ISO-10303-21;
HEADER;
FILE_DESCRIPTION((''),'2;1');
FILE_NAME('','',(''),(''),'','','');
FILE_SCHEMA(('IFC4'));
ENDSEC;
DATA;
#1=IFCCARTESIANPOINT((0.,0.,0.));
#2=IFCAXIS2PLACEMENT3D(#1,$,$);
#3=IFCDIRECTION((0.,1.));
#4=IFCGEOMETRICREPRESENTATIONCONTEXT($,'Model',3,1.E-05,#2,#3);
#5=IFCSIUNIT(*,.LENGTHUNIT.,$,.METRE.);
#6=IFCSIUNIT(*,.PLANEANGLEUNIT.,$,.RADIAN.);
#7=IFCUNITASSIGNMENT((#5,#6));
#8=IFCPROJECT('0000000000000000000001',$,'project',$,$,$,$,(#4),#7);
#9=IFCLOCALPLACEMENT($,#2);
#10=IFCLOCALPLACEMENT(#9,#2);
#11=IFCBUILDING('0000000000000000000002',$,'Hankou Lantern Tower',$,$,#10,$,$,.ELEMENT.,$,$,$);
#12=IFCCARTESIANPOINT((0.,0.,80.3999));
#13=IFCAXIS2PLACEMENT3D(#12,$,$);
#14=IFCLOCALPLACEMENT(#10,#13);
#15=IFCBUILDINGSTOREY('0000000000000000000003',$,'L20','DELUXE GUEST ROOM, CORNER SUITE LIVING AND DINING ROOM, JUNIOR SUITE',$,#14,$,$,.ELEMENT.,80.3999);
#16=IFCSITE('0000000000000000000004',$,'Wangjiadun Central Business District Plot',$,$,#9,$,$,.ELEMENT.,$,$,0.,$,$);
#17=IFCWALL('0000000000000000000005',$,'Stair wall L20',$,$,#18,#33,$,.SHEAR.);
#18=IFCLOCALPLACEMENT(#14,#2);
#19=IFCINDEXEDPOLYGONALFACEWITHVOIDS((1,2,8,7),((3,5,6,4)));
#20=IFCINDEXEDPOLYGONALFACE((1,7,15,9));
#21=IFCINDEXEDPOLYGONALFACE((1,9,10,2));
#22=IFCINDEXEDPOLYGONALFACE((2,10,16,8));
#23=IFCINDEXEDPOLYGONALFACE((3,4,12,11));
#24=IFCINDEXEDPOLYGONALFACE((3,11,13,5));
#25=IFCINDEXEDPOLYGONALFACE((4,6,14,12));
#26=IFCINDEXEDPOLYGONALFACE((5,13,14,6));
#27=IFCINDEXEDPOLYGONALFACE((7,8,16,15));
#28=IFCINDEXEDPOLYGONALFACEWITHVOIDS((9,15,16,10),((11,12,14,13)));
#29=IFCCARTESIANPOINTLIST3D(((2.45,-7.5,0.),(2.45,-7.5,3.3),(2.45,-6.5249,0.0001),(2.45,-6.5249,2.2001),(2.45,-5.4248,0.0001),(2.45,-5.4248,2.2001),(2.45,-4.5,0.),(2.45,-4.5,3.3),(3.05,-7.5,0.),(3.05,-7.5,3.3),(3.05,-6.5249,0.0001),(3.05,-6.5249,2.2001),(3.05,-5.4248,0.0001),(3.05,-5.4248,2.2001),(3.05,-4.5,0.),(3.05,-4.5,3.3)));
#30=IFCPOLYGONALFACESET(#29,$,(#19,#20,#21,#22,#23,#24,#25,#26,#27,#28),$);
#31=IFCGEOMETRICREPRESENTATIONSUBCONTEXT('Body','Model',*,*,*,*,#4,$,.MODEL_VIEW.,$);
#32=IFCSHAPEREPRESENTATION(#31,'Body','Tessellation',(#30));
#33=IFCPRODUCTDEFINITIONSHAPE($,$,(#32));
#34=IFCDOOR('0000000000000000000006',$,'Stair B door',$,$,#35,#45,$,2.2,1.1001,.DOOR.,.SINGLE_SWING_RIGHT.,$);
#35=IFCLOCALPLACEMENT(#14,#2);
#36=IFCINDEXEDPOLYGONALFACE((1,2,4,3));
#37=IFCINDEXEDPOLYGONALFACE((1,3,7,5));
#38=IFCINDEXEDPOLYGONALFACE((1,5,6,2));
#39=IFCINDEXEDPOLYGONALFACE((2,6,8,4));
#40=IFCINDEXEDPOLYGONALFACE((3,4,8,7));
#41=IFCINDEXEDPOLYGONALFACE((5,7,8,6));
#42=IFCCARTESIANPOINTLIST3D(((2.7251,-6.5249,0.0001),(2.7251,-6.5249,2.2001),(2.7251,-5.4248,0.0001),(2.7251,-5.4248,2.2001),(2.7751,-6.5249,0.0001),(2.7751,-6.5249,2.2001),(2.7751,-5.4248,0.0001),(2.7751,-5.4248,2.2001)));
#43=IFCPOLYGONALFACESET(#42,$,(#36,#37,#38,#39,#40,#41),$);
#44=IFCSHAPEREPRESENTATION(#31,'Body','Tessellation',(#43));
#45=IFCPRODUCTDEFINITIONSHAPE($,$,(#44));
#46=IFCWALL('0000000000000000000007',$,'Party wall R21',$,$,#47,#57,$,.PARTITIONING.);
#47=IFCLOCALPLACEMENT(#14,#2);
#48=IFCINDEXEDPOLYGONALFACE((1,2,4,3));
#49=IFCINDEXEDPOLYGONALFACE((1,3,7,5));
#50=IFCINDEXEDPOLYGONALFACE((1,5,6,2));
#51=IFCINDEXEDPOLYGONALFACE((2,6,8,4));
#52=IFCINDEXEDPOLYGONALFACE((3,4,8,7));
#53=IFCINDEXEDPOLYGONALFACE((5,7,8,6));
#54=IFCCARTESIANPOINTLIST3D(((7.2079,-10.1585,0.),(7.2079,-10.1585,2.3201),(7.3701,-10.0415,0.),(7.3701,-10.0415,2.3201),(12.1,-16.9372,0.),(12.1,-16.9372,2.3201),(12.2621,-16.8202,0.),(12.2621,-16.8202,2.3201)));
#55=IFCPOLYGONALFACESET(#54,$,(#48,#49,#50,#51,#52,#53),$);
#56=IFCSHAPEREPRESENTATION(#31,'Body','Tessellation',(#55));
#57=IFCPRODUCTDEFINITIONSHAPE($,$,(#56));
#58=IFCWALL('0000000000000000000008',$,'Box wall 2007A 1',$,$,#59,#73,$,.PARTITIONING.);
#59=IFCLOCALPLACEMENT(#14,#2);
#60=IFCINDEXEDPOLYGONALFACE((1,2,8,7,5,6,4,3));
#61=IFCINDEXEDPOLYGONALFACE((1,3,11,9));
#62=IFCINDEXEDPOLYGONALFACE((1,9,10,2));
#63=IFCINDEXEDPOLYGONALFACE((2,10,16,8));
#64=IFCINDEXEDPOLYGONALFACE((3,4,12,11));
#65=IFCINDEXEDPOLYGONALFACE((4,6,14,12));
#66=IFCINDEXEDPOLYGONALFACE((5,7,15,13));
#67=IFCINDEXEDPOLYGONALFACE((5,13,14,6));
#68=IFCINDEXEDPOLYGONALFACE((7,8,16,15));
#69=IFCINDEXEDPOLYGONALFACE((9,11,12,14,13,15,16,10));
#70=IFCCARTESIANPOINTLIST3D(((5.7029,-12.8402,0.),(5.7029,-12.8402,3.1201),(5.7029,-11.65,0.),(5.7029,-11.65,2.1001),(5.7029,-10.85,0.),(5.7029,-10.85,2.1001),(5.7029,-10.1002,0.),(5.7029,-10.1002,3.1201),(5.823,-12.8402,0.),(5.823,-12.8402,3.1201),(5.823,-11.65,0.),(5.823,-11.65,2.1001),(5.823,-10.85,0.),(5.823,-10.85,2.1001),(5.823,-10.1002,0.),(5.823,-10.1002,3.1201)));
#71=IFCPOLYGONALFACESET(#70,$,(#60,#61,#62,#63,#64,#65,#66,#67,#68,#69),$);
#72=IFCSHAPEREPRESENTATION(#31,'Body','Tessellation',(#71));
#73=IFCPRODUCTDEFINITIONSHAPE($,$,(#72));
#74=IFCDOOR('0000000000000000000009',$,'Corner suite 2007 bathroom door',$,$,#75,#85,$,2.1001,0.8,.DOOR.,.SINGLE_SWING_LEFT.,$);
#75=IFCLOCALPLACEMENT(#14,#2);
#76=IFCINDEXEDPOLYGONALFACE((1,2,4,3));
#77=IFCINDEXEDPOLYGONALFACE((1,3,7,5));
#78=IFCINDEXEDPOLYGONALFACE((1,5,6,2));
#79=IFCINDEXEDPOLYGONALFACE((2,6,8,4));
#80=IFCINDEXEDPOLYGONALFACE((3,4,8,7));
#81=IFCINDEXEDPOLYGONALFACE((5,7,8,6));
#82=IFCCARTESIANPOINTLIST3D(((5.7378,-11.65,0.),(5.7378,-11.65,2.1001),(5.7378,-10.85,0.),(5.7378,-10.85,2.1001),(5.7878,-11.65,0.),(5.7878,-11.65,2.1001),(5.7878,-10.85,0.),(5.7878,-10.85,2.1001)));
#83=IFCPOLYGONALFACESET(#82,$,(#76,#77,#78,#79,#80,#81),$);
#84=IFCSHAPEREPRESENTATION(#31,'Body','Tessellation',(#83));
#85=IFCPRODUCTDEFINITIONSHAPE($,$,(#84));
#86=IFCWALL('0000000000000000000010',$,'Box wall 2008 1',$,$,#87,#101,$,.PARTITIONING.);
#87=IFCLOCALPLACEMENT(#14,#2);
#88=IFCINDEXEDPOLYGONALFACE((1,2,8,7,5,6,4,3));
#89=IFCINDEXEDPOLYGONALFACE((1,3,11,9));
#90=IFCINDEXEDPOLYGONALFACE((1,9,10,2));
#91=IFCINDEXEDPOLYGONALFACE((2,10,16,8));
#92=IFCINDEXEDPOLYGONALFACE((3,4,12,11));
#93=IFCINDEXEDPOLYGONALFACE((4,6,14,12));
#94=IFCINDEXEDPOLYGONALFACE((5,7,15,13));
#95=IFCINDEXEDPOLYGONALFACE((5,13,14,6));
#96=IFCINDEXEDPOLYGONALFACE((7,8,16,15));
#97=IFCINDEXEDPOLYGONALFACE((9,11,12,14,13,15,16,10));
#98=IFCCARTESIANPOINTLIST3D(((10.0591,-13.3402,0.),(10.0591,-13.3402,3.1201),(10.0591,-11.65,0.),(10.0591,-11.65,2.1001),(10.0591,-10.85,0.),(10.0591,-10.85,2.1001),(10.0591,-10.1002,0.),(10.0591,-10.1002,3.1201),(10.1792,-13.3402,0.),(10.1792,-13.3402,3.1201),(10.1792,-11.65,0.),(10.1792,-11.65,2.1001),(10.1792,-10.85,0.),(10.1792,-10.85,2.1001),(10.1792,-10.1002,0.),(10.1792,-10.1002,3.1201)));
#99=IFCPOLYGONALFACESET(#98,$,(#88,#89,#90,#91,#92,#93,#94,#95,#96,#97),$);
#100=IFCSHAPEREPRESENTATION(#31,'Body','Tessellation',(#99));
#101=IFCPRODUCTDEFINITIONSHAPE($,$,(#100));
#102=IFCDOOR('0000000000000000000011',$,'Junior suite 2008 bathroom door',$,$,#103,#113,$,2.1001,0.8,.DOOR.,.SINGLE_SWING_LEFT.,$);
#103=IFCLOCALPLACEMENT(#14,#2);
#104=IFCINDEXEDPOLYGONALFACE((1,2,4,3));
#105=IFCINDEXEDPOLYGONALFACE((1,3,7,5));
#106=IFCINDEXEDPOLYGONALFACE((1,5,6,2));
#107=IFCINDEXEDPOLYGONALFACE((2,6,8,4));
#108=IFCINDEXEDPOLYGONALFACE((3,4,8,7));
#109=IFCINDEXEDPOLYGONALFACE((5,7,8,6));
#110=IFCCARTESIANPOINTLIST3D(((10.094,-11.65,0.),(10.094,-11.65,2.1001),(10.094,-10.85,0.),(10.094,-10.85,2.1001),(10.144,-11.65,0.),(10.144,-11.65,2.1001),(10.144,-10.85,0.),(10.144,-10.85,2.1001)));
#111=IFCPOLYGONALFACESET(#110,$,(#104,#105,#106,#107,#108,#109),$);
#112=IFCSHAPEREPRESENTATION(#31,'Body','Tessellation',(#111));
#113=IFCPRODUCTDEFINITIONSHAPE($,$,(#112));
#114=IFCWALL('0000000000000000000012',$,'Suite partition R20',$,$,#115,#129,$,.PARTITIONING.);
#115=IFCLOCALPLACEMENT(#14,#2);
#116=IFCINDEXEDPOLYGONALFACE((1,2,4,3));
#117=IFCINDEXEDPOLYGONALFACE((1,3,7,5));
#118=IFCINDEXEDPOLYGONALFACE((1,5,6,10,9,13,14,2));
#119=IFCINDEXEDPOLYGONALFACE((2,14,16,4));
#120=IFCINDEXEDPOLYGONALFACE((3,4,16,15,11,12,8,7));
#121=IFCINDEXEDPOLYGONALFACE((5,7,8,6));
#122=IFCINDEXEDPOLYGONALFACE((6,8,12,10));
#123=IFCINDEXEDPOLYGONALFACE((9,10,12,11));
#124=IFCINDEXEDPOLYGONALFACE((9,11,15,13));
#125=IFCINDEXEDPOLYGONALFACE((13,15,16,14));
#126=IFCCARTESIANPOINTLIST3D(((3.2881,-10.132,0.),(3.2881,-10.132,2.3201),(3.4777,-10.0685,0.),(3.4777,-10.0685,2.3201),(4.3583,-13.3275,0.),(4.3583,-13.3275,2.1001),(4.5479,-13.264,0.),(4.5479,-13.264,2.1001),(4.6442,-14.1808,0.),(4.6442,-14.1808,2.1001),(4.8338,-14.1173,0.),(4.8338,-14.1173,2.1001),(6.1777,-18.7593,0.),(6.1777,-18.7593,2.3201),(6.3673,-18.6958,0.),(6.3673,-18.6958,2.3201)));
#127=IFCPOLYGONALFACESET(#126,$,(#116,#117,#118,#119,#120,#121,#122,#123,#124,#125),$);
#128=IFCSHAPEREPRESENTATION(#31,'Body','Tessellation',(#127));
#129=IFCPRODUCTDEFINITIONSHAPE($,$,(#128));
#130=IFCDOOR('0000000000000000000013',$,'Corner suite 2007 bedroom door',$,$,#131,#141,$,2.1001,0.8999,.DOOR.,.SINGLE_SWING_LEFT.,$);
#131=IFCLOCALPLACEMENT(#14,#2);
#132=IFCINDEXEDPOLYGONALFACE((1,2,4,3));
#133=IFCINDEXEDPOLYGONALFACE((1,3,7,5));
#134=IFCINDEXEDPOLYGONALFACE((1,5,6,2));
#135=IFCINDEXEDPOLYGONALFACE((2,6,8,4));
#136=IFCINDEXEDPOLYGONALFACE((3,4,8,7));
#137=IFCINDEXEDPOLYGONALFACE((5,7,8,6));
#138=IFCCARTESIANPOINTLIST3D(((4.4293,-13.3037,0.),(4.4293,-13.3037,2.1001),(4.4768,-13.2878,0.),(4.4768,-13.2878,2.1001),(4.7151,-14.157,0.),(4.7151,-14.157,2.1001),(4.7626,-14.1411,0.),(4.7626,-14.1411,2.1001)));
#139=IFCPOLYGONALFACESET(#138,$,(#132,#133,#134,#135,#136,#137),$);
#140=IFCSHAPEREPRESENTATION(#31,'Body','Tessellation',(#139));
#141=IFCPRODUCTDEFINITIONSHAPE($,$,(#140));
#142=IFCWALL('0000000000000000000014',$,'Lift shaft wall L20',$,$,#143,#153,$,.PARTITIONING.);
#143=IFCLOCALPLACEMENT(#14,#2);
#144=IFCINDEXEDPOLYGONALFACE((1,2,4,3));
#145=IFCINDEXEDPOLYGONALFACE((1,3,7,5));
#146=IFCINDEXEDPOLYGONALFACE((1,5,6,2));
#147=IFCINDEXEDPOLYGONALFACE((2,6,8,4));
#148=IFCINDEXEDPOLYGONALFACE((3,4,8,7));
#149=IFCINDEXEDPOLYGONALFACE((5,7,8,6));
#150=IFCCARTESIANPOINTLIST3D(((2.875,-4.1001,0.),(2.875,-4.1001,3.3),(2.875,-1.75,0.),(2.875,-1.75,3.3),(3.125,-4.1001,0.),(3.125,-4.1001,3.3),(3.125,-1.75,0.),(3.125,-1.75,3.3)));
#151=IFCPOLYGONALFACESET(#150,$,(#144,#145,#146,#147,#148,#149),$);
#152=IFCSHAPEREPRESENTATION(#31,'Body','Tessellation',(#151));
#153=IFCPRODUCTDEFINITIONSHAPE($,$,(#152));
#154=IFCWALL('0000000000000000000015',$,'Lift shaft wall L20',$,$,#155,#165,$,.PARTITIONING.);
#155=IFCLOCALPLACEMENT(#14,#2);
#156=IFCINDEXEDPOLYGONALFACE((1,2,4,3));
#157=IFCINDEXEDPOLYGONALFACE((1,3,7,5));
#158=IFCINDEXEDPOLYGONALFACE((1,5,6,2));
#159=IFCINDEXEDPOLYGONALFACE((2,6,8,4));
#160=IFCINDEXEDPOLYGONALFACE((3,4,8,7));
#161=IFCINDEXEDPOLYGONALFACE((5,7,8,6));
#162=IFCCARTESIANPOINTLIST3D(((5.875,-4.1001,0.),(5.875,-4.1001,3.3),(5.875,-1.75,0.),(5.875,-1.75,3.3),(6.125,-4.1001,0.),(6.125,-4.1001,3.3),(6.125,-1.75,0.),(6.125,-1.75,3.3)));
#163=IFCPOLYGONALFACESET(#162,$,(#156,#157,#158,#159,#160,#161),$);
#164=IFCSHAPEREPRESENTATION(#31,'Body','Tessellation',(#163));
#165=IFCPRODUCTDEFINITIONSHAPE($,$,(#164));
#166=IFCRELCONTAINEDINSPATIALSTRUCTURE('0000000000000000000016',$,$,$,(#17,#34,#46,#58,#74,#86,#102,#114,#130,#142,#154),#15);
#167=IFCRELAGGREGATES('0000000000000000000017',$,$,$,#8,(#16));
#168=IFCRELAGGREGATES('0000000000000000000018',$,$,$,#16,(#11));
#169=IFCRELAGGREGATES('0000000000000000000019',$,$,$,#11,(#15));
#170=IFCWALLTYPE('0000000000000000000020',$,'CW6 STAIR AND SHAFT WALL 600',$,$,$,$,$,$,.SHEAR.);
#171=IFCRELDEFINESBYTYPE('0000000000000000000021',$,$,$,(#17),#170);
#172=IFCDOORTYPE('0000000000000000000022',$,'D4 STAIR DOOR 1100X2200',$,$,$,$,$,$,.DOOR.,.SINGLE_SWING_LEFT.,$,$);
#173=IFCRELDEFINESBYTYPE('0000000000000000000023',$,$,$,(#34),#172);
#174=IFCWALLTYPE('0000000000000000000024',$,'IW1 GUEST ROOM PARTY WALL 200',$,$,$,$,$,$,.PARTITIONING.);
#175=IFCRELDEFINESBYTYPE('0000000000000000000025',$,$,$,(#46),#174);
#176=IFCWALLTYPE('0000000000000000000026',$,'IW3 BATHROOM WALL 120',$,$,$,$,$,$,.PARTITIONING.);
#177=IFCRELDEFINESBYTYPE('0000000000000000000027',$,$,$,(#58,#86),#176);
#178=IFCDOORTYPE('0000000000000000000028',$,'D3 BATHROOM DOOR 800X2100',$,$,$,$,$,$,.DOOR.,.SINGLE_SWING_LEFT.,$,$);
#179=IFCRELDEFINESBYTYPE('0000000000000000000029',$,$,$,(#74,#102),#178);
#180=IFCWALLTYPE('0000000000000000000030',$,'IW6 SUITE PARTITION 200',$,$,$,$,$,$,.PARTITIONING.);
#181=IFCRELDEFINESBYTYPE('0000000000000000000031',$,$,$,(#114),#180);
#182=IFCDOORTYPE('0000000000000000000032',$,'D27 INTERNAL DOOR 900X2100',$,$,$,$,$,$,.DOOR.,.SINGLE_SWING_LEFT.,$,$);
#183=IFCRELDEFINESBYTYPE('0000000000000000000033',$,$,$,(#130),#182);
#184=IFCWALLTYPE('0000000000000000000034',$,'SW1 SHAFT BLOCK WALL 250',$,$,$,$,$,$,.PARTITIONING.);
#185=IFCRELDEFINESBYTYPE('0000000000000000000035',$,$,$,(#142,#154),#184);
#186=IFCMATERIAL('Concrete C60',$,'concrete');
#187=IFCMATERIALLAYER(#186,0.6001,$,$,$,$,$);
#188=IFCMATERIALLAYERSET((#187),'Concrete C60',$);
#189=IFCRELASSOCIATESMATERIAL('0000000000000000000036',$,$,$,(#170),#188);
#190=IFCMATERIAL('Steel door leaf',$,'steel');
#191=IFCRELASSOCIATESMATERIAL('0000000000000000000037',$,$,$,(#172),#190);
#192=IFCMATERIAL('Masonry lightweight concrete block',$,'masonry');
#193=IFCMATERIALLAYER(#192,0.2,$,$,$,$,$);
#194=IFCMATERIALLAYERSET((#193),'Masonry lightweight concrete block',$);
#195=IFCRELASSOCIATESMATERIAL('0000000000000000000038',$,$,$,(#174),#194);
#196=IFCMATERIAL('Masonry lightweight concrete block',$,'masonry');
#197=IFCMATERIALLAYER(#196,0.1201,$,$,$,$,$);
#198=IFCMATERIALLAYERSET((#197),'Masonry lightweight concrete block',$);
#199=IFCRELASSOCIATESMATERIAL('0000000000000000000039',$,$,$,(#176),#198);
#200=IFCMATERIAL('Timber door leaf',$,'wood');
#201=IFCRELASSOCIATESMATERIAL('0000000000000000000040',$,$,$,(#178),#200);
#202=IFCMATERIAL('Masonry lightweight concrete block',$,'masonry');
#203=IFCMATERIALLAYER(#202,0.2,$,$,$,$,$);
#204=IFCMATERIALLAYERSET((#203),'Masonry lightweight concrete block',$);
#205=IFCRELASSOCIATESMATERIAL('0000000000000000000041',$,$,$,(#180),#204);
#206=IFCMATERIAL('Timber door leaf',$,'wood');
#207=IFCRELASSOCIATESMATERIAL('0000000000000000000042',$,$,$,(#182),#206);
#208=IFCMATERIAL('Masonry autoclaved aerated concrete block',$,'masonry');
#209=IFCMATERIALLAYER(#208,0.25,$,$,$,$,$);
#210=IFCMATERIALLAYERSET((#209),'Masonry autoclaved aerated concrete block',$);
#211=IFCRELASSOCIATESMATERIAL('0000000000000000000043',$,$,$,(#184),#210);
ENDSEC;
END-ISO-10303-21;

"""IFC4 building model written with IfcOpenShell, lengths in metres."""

from ifc_helpers import new_model, si_unit, direction, frame, frame_2d, origin, place, context, subcontext, project, spatial, rectangle, extrude, material, layer, layer_set, type_object, element, fill, save


model = new_model("IFC4")

# Units and contexts
model_context = context("Model", 3, precision=1e-05, world=origin(), true_north=direction((0.0, 1.0)))
body_context = subcontext(model_context, "Body", "Model", "MODEL_VIEW")
ifc_project = project(units=[si_unit("LENGTHUNIT", "METRE"), si_unit("PLANEANGLEUNIT", "RADIAN")], contexts=[model_context])

# Site, building, storey
site_placement = place(None, origin())
site = spatial("IfcSite", under=ifc_project, at=site_placement, Name="Wangjiadun Central Business District Plot", CompositionType="ELEMENT", RefElevation=0.0)
building_placement = place(site_placement, origin())
building = spatial("IfcBuilding", under=site, at=building_placement, Name="Hankou Lantern Tower", CompositionType="ELEMENT")
storey_placement = place(building_placement, frame((0.0, 0.0, 80.3999)))
storey = spatial("IfcBuildingStorey", under=building, at=storey_placement, Name="L20", Description="DELUXE GUEST ROOM, CORNER SUITE LIVING AND DINING ROOM, JUNIOR SUITE", CompositionType="ELEMENT", Elevation=80.3999)

# Wall, opening, door
ifc_material_1 = material(Name="Concrete C60", Category="concrete")
ifc_layer_1 = layer(ifc_material_1, 0.6001)
ifc_layer_set_1 = layer_set([ifc_layer_1], Name="Concrete C60")
wall_type_1 = type_object("IfcWallType", Name="CW6 STAIR AND SHAFT WALL 600", PredefinedType="SHEAR", material=ifc_layer_set_1)
wall_1_placement = place(storey_placement, frame((2.75, -7.5, 0.0), z_axis=(0.0, 0.0, 1.0), x_axis=(0.0, 1.0, 0.0)))
wall_1 = element("IfcWall", 1, at=wall_1_placement, inside=storey, type_object=wall_type_1, Name="Stair wall L20", PredefinedType="SHEAR", context=body_context, shape_type="SweptSolid", body=[
    extrude(rectangle(XDim=3.0, YDim=0.6001, at=frame_2d((1.5, 0.0))), origin(), (0.0, 0.0, 1.0), 3.3),
])
opening_1_placement = place(wall_1_placement, frame((0.9751, 0.0, 0.0)))
opening_1 = element("IfcOpeningElement", 2, at=opening_1_placement, cuts=wall_1, PredefinedType="OPENING", context=body_context, shape_type="SweptSolid", body=[
    extrude(rectangle(XDim=1.1001, YDim=2.2, at=frame_2d((0.55, 1.1001))), frame((0.0, 0.3101, 0.0), z_axis=(0.0, -1.0, 0.0), x_axis=(1.0, 0.0, 0.0)), (0.0, 0.0, 1.0), 0.6201),
])
ifc_material_2 = material(Name="Steel door leaf", Category="steel")
door_type_1 = type_object("IfcDoorType", Name="D4 STAIR DOOR 1100X2200", OperationType="SINGLE_SWING_LEFT", PredefinedType="DOOR", material=ifc_material_2)
door_1_placement = place(opening_1_placement, origin())
door_1 = element("IfcDoor", 3, at=door_1_placement, inside=storey, type_object=door_type_1, Name="Stair B door", OperationType="SINGLE_SWING_RIGHT", OverallHeight=2.2, OverallWidth=1.1001, PredefinedType="DOOR", context=body_context, shape_type="SweptSolid", body=[
    extrude(rectangle(XDim=1.1001, YDim=2.2, at=frame_2d((0.55, 1.1001))), frame((0.0, 0.0249, 0.0), z_axis=(0.0, -1.0, 0.0), x_axis=(1.0, 0.0, 0.0)), (0.0, 0.0, 1.0), 0.05),
])
fill(opening_1, door_1)

# Wall
ifc_material_3 = material(Name="Masonry lightweight concrete block", Category="masonry")
ifc_layer_2 = layer(ifc_material_3, 0.2)
ifc_layer_set_2 = layer_set([ifc_layer_2], Name="Masonry lightweight concrete block")
wall_type_2 = type_object("IfcWallType", Name="IW1 GUEST ROOM PARTY WALL 200", PredefinedType="PARTITIONING", material=ifc_layer_set_2)
wall_2_placement = place(storey_placement, frame((7.2891, -10.1001, 0.0), z_axis=(0.0, 0.0, 1.0), x_axis=(0.585198, -0.81089, 0.0)))
element("IfcWall", 4, at=wall_2_placement, inside=storey, type_object=wall_type_2, Name="Party wall R21", PredefinedType="PARTITIONING", context=body_context, shape_type="SweptSolid", body=[
    extrude(rectangle(XDim=8.3596, YDim=0.2, at=frame_2d((4.1797, 0.0))), origin(), (0.0, 0.0, 1.0), 2.3201),
])

# Walls, openings, doors
ifc_material_4 = material(Name="Masonry lightweight concrete block", Category="masonry")
ifc_layer_3 = layer(ifc_material_4, 0.1201)
ifc_layer_set_3 = layer_set([ifc_layer_3], Name="Masonry lightweight concrete block")
wall_type_3 = type_object("IfcWallType", Name="IW3 BATHROOM WALL 120", PredefinedType="PARTITIONING", material=ifc_layer_set_3)
wall_3_placement = place(storey_placement, frame((5.7629, -10.1001, 0.0), z_axis=(0.0, 0.0, 1.0), x_axis=(0.0, -1.0, 0.0)))
wall_3 = element("IfcWall", 5, at=wall_3_placement, inside=storey, type_object=wall_type_3, Name="Box wall 2007A 1", PredefinedType="PARTITIONING", context=body_context, shape_type="SweptSolid", body=[
    extrude(rectangle(XDim=2.74, YDim=0.1201, at=frame_2d((1.3701, 0.0))), origin(), (0.0, 0.0, 1.0), 3.1201),
])
opening_2_placement = place(wall_3_placement, frame((0.75, 0.0, 0.0)))
opening_2 = element("IfcOpeningElement", 6, at=opening_2_placement, cuts=wall_3, PredefinedType="OPENING", context=body_context, shape_type="SweptSolid", body=[
    extrude(rectangle(XDim=0.8, YDim=2.1001, at=frame_2d((0.3999, 1.05))), frame((0.0, 0.0701, 0.0), z_axis=(0.0, -1.0, 0.0), x_axis=(1.0, 0.0, 0.0)), (0.0, 0.0, 1.0), 0.1401),
])
ifc_material_5 = material(Name="Timber door leaf", Category="wood")
door_type_2 = type_object("IfcDoorType", Name="D3 BATHROOM DOOR 800X2100", OperationType="SINGLE_SWING_LEFT", PredefinedType="DOOR", material=ifc_material_5)
door_2_placement = place(opening_2_placement, origin())
door_2 = element("IfcDoor", 7, at=door_2_placement, inside=storey, type_object=door_type_2, Name="Corner suite 2007 bathroom door", OperationType="SINGLE_SWING_LEFT", OverallHeight=2.1001, OverallWidth=0.8, PredefinedType="DOOR", context=body_context, shape_type="SweptSolid", body=[
    extrude(rectangle(XDim=0.8, YDim=2.1001, at=frame_2d((0.3999, 1.05))), frame((0.0, 0.0249, 0.0), z_axis=(0.0, -1.0, 0.0), x_axis=(1.0, 0.0, 0.0)), (0.0, 0.0, 1.0), 0.05),
])
fill(opening_2, door_2)
wall_4_placement = place(storey_placement, frame((10.1191, -10.1001, 0.0), z_axis=(0.0, 0.0, 1.0), x_axis=(0.0, -1.0, 0.0)))
wall_4 = element("IfcWall", 8, at=wall_4_placement, inside=storey, type_object=wall_type_3, Name="Box wall 2008 1", PredefinedType="PARTITIONING", context=body_context, shape_type="SweptSolid", body=[
    extrude(rectangle(XDim=3.24, YDim=0.1201, at=frame_2d((1.6201, 0.0))), origin(), (0.0, 0.0, 1.0), 3.1201),
])
opening_3_placement = place(wall_4_placement, frame((0.75, 0.0, 0.0)))
opening_3 = element("IfcOpeningElement", 9, at=opening_3_placement, cuts=wall_4, PredefinedType="OPENING", context=body_context, shape_type="SweptSolid", body=[
    extrude(rectangle(XDim=0.8, YDim=2.1001, at=frame_2d((0.3999, 1.05))), frame((0.0, 0.0701, 0.0), z_axis=(0.0, -1.0, 0.0), x_axis=(1.0, 0.0, 0.0)), (0.0, 0.0, 1.0), 0.1401),
])
door_3_placement = place(opening_3_placement, origin())
door_3 = element("IfcDoor", 10, at=door_3_placement, inside=storey, type_object=door_type_2, Name="Junior suite 2008 bathroom door", OperationType="SINGLE_SWING_LEFT", OverallHeight=2.1001, OverallWidth=0.8, PredefinedType="DOOR", context=body_context, shape_type="SweptSolid", body=[
    extrude(rectangle(XDim=0.8, YDim=2.1001, at=frame_2d((0.3999, 1.05))), frame((0.0, 0.0249, 0.0), z_axis=(0.0, -1.0, 0.0), x_axis=(1.0, 0.0, 0.0)), (0.0, 0.0, 1.0), 0.05),
])
fill(opening_3, door_3)
ifc_material_6 = material(Name="Masonry lightweight concrete block", Category="masonry")
ifc_layer_4 = layer(ifc_material_6, 0.2)
ifc_layer_set_4 = layer_set([ifc_layer_4], Name="Masonry lightweight concrete block")
wall_type_4 = type_object("IfcWallType", Name="IW6 SUITE PARTITION 200", PredefinedType="PARTITIONING", material=ifc_layer_set_4)
wall_5_placement = place(storey_placement, frame((3.3828, -10.1001, 0.0), z_axis=(0.0, 0.0, 1.0), x_axis=(0.317596, -0.948226, 0.0)))
wall_5 = element("IfcWall", 11, at=wall_5_placement, inside=storey, type_object=wall_type_4, Name="Suite partition R20", PredefinedType="PARTITIONING", context=body_context, shape_type="SweptSolid", body=[
    extrude(rectangle(XDim=9.0984, YDim=0.2, at=frame_2d((4.5493, 0.0))), origin(), (0.0, 0.0, 1.0), 2.3201),
])
opening_4_placement = place(wall_5_placement, frame((3.3701, 0.0, 0.0)))
opening_4 = element("IfcOpeningElement", 12, at=opening_4_placement, cuts=wall_5, PredefinedType="OPENING", context=body_context, shape_type="SweptSolid", body=[
    extrude(rectangle(XDim=0.8999, YDim=2.1001, at=frame_2d((0.45, 1.05))), frame((0.0, 0.1099, 0.0), z_axis=(0.0, -1.0, 0.0), x_axis=(1.0, 0.0, 0.0)), (0.0, 0.0, 1.0), 0.22),
])
ifc_material_7 = material(Name="Timber door leaf", Category="wood")
door_type_3 = type_object("IfcDoorType", Name="D27 INTERNAL DOOR 900X2100", OperationType="SINGLE_SWING_LEFT", PredefinedType="DOOR", material=ifc_material_7)
door_4_placement = place(opening_4_placement, origin())
door_4 = element("IfcDoor", 13, at=door_4_placement, inside=storey, type_object=door_type_3, Name="Corner suite 2007 bedroom door", OperationType="SINGLE_SWING_LEFT", OverallHeight=2.1001, OverallWidth=0.8999, PredefinedType="DOOR", context=body_context, shape_type="SweptSolid", body=[
    extrude(rectangle(XDim=0.8999, YDim=2.1001, at=frame_2d((0.45, 1.05))), frame((0.0, 0.0249, 0.0), z_axis=(0.0, -1.0, 0.0), x_axis=(1.0, 0.0, 0.0)), (0.0, 0.0, 1.0), 0.05),
])
fill(opening_4, door_4)

# Walls
ifc_material_8 = material(Name="Masonry autoclaved aerated concrete block", Category="masonry")
ifc_layer_5 = layer(ifc_material_8, 0.25)
ifc_layer_set_5 = layer_set([ifc_layer_5], Name="Masonry autoclaved aerated concrete block")
wall_type_5 = type_object("IfcWallType", Name="SW1 SHAFT BLOCK WALL 250", PredefinedType="PARTITIONING", material=ifc_layer_set_5)
for number, where, z_axis, x_axis, name in (
    (14, (3.0, -4.1001, 0.0), (0.0, 0.0, 1.0), (0.0, 1.0, 0.0), "Lift shaft wall L20"),
    (15, (6.0, -4.1001, 0.0), (0.0, 0.0, 1.0), (0.0, 1.0, 0.0), "Lift shaft wall L20"),
):
    element("IfcWall", number, at=place(storey_placement, frame(where, z_axis=z_axis, x_axis=x_axis)), inside=storey, type_object=wall_type_5, Name=name, PredefinedType="PARTITIONING", context=body_context, shape_type="SweptSolid", body=[
        extrude(rectangle(XDim=2.3501, YDim=0.25, at=frame_2d((1.175, 0.0))), origin(), (0.0, 0.0, 1.0), 3.3),
    ])

save(model, "model.ifc")
